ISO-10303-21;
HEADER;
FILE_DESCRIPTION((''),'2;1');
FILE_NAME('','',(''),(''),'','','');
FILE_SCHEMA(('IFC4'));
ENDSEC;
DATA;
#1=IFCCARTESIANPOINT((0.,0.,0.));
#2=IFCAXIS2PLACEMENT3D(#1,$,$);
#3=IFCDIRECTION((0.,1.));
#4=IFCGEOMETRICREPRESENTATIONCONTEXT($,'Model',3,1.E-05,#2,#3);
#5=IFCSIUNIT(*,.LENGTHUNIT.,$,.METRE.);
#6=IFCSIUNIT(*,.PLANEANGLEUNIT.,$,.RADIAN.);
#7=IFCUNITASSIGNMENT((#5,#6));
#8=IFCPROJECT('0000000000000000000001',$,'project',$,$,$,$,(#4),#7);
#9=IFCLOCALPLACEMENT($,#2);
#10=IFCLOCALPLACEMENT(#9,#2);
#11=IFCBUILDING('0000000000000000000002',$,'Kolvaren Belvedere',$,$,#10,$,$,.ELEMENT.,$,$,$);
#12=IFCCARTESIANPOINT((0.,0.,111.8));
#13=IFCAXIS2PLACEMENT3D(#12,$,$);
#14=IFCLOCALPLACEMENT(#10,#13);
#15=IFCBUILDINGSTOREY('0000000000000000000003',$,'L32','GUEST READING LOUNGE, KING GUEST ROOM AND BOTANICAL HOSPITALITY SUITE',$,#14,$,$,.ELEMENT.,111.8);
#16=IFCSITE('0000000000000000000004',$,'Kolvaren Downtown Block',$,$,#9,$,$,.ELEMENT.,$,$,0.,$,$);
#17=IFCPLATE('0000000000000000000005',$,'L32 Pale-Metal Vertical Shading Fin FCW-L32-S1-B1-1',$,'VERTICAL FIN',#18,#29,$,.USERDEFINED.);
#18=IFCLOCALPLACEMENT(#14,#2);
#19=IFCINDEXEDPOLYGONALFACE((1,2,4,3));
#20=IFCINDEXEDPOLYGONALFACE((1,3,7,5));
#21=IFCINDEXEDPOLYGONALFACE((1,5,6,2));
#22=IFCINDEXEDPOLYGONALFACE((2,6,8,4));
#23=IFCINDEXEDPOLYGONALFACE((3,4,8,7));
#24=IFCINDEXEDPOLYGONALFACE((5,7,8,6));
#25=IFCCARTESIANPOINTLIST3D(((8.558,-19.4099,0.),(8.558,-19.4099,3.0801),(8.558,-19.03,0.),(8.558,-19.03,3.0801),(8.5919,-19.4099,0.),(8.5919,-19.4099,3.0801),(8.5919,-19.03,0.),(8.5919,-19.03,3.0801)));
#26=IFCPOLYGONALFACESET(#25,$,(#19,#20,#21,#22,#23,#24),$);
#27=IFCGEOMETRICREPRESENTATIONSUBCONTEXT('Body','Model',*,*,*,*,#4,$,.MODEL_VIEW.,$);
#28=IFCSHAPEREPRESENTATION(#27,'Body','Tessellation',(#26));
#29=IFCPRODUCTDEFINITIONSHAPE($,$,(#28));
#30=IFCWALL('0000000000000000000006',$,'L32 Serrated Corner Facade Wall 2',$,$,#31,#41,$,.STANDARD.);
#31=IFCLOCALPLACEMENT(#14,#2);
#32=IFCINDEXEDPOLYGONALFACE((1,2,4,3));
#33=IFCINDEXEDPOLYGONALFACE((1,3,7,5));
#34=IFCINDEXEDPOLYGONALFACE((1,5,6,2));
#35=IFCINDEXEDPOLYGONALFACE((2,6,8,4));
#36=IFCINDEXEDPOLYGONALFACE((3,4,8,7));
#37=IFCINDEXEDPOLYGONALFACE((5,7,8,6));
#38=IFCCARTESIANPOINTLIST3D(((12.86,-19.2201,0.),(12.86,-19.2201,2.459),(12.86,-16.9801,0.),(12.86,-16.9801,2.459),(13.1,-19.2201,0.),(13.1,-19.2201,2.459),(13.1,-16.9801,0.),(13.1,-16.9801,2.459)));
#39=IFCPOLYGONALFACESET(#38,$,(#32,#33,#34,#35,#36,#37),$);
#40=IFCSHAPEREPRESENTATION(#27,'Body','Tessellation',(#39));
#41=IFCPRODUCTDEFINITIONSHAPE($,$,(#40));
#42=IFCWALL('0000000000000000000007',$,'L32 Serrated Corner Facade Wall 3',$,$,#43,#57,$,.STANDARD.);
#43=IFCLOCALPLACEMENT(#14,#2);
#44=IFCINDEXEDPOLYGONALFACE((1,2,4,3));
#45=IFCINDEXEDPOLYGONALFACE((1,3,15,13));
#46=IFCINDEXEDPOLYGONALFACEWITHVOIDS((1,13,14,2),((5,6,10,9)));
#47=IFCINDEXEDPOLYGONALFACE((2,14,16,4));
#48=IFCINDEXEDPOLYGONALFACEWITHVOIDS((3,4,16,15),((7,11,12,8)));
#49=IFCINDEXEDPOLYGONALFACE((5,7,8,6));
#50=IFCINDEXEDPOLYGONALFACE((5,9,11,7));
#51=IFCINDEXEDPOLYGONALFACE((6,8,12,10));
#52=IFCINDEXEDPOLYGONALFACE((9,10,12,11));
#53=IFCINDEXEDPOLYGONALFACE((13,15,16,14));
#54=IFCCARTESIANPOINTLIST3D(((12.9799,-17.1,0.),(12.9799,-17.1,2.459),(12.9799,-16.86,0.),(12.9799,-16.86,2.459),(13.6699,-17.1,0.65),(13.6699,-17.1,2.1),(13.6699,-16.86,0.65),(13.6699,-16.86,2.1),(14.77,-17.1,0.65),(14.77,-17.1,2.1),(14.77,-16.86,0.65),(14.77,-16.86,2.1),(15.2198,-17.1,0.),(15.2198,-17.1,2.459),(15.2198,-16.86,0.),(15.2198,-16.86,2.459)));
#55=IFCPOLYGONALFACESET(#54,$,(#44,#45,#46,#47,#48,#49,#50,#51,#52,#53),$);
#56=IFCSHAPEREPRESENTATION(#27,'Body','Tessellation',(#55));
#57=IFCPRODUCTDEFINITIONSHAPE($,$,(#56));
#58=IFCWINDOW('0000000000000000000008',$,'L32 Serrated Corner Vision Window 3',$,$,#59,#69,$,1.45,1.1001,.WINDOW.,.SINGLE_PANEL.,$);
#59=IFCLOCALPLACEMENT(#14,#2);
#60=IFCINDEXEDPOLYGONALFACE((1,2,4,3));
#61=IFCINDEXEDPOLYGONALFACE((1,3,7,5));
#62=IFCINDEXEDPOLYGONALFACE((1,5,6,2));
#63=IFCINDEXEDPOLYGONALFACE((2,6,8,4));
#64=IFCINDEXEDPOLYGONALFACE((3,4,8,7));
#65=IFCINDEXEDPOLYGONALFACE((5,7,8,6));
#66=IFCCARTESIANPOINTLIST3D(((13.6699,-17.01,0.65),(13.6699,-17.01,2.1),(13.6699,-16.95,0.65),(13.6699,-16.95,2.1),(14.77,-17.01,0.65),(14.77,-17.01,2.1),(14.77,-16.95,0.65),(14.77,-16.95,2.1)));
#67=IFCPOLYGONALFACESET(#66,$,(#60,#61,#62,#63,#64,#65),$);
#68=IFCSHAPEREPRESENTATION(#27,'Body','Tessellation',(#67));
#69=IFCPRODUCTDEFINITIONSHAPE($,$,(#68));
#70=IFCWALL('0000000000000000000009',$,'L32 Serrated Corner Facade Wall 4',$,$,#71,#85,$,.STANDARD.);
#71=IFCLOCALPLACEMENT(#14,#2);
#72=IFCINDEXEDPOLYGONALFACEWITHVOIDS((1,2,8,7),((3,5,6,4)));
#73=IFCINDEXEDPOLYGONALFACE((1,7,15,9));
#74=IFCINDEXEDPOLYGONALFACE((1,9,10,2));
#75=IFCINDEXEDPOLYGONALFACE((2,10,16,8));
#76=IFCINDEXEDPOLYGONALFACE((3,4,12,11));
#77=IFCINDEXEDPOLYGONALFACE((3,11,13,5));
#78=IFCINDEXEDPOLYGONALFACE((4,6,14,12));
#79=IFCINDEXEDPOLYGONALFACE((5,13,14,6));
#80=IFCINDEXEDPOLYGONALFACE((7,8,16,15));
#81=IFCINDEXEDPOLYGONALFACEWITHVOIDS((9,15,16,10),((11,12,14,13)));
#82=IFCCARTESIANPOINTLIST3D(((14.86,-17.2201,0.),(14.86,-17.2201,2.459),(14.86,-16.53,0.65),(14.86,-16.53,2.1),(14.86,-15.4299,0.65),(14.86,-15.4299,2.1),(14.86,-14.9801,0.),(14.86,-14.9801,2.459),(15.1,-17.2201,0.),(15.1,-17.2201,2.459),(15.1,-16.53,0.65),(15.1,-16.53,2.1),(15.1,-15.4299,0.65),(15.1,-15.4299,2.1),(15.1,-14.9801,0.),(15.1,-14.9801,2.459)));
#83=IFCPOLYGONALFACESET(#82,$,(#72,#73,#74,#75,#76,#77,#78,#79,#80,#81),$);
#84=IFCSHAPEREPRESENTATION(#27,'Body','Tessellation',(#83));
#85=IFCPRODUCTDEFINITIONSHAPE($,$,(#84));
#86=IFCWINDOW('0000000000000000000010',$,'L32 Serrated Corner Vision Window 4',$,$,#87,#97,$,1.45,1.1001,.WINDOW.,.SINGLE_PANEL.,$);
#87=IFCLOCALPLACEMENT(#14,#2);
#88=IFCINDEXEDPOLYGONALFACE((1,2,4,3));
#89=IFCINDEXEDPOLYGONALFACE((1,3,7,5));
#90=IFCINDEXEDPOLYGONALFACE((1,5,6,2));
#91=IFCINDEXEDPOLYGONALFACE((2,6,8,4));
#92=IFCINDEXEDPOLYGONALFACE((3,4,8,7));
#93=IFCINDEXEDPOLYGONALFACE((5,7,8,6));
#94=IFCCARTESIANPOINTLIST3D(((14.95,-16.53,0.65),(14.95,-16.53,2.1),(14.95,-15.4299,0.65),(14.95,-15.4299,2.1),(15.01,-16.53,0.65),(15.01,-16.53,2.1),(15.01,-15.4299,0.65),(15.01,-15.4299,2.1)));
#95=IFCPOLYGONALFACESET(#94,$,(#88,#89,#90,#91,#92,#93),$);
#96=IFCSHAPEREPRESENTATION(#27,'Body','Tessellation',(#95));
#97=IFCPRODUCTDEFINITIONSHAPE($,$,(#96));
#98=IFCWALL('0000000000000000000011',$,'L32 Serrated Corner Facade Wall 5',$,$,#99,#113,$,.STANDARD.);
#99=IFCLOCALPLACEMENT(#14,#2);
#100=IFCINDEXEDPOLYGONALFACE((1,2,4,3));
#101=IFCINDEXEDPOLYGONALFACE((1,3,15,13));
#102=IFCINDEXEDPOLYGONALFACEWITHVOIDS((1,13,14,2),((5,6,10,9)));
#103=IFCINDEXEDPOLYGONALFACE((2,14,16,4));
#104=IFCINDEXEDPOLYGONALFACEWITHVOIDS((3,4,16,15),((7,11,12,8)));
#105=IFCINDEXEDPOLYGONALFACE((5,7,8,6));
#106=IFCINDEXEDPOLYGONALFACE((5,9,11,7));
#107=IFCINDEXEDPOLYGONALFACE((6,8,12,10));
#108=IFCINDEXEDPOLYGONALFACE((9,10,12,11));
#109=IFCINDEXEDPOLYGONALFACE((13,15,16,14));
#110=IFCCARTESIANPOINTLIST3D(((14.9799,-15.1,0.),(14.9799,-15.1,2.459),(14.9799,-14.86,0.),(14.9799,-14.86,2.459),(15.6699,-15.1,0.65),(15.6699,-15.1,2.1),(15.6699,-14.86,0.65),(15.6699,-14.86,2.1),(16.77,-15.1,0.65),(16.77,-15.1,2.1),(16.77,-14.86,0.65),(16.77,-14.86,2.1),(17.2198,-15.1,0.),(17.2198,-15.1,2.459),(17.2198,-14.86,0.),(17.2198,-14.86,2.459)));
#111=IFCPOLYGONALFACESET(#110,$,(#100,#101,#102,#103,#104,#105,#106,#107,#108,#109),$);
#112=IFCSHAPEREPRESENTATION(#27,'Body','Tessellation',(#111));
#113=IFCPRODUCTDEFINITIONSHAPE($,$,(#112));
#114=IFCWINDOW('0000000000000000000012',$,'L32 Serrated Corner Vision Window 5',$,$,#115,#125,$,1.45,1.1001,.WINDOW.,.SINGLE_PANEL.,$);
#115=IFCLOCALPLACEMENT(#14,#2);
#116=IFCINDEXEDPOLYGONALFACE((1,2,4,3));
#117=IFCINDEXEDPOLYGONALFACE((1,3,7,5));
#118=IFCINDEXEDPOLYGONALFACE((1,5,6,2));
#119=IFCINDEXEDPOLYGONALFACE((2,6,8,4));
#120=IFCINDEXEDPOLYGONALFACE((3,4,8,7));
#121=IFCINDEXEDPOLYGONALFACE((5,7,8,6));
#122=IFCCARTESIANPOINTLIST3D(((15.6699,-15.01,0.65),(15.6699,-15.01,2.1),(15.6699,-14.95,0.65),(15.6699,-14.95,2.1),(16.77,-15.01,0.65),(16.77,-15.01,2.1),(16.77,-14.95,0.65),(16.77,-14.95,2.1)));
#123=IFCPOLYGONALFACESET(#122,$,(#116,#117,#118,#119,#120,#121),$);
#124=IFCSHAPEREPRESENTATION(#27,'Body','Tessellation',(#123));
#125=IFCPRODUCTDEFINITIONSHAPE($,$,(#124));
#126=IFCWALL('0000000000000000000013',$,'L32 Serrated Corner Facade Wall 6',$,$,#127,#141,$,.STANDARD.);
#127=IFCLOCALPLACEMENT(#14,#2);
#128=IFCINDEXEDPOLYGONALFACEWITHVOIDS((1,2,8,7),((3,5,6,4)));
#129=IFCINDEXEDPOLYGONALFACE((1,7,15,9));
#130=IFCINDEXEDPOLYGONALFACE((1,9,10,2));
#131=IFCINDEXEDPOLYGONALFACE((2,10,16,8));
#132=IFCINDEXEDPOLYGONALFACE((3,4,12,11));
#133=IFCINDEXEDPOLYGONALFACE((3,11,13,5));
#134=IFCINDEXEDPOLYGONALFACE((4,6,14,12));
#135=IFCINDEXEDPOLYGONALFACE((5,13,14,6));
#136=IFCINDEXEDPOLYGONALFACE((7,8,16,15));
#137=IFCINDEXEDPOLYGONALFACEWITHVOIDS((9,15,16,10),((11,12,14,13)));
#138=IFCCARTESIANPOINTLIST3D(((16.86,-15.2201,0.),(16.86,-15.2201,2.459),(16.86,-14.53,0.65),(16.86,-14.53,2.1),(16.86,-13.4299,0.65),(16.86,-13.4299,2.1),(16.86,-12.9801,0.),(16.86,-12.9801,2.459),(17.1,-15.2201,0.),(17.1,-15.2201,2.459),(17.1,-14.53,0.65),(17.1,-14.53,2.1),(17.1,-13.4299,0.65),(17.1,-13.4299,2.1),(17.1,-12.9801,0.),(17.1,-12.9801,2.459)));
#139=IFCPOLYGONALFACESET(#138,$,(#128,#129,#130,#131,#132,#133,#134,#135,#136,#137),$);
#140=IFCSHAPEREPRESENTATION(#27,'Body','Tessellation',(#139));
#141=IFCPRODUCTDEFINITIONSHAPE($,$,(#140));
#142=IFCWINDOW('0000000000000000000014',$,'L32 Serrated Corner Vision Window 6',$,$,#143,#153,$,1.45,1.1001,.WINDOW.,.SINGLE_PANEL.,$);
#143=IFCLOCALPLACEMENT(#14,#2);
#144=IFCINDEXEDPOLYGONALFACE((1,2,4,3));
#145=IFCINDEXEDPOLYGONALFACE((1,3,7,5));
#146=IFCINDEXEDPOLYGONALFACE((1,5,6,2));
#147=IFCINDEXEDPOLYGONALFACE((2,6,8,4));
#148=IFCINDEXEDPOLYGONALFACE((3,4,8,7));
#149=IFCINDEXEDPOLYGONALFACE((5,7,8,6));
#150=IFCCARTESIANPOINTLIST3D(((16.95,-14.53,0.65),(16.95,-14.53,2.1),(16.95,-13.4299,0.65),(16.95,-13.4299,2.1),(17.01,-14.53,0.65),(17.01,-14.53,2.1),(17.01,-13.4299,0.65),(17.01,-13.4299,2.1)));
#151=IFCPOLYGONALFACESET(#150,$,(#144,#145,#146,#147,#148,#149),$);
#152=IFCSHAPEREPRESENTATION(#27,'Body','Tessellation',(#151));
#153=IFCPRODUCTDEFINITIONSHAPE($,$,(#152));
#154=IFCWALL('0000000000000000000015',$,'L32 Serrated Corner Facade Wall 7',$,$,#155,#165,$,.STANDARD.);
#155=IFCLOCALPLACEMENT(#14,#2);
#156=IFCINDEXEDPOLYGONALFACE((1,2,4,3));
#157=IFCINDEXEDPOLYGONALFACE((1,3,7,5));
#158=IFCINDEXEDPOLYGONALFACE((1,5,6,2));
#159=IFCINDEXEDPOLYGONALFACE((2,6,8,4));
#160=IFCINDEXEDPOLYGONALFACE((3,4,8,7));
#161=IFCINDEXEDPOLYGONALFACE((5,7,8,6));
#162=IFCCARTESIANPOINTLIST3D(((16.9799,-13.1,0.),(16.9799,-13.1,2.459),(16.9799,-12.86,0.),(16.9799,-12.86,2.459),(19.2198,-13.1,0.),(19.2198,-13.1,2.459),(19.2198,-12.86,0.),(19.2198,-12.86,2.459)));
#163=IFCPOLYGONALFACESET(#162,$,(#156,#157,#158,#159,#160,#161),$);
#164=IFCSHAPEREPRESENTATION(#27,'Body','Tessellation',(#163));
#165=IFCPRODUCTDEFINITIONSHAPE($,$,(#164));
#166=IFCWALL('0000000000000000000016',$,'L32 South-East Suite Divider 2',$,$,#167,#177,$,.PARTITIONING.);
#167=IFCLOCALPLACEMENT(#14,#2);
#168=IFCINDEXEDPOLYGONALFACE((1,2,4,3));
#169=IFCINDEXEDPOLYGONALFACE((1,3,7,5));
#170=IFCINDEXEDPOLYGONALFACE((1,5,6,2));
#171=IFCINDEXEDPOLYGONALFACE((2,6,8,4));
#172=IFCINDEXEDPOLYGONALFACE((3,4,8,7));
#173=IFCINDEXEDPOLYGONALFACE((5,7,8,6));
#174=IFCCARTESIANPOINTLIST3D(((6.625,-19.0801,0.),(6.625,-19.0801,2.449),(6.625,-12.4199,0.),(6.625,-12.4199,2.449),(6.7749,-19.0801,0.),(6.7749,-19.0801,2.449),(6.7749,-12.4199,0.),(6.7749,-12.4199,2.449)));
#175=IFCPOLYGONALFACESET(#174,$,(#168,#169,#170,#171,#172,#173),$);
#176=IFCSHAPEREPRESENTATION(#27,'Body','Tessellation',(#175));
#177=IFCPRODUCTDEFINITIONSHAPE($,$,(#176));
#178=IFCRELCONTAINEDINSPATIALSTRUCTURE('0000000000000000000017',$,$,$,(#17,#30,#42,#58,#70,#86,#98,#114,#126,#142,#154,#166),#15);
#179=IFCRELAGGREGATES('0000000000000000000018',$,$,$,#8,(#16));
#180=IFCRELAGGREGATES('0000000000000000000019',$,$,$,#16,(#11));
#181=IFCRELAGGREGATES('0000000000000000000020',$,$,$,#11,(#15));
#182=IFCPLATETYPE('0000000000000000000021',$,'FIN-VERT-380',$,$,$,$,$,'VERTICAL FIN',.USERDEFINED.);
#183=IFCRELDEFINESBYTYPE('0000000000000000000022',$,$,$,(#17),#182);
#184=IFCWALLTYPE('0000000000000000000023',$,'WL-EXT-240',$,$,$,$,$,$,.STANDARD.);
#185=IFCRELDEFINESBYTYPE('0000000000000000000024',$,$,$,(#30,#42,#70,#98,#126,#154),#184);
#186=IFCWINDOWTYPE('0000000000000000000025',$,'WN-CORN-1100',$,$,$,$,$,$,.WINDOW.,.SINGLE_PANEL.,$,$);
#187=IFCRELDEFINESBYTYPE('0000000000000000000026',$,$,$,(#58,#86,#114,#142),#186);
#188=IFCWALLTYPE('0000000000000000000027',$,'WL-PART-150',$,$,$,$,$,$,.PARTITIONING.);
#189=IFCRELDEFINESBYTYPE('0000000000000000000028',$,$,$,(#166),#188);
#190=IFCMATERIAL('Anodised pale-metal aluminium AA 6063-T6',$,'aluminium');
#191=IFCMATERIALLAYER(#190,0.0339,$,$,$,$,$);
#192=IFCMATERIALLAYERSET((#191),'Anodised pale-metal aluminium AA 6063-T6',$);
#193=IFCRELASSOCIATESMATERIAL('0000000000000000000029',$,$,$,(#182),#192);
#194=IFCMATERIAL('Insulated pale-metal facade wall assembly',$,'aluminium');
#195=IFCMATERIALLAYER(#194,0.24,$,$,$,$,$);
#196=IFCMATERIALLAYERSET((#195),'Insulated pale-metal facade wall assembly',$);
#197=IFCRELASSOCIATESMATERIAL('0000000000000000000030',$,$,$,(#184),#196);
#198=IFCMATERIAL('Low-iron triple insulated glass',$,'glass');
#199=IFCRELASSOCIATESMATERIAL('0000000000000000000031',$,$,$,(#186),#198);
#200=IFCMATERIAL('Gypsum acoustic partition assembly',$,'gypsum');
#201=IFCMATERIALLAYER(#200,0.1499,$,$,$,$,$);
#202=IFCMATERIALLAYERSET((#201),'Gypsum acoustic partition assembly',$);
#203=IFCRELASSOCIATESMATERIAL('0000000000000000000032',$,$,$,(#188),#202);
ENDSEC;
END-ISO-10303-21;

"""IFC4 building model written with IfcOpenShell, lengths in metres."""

from ifc_helpers import new_model, si_unit, direction, frame, frame_2d, origin, origin_2d, place, context, subcontext, project, spatial, rectangle, extrude, material, layer, layer_set, type_object, element, fill, save


model = new_model("IFC4")

# Units and contexts
model_context = context("Model", 3, precision=1e-05, world=origin(), true_north=direction((0.0, 1.0)))
body_context = subcontext(model_context, "Body", "Model", "MODEL_VIEW")
ifc_project = project(units=[si_unit("LENGTHUNIT", "METRE"), si_unit("PLANEANGLEUNIT", "RADIAN")], contexts=[model_context])

# Site, building, storey
site_placement = place(None, origin())
site = spatial("IfcSite", under=ifc_project, at=site_placement, Name="Kolvaren Downtown Block", CompositionType="ELEMENT", RefElevation=0.0)
building_placement = place(site_placement, origin())
building = spatial("IfcBuilding", under=site, at=building_placement, Name="Kolvaren Belvedere", CompositionType="ELEMENT")
storey_placement = place(building_placement, frame((0.0, 0.0, 111.8)))
storey = spatial("IfcBuildingStorey", under=building, at=storey_placement, Name="L32", Description="GUEST READING LOUNGE, KING GUEST ROOM AND BOTANICAL HOSPITALITY SUITE", CompositionType="ELEMENT", Elevation=111.8)

# Plate
ifc_material_1 = material(Name="Anodised pale-metal aluminium AA 6063-T6", Category="aluminium")
ifc_layer_1 = layer(ifc_material_1, 0.0339)
ifc_layer_set_1 = layer_set([ifc_layer_1], Name="Anodised pale-metal aluminium AA 6063-T6")
plate_type_1 = type_object("IfcPlateType", Name="FIN-VERT-380", ElementType="VERTICAL FIN", PredefinedType="USERDEFINED", material=ifc_layer_set_1)
plate_1_placement = place(storey_placement, frame((8.575, -19.22, 0.0), z_axis=(0.0, 0.0, 1.0), x_axis=(0.0, 1.0, 0.0)))
element("IfcPlate", 1, at=plate_1_placement, inside=storey, type_object=plate_type_1, Name="L32 Pale-Metal Vertical Shading Fin FCW-L32-S1-B1-1", ObjectType="VERTICAL FIN", PredefinedType="USERDEFINED", context=body_context, shape_type="SweptSolid", body=[
    extrude(rectangle(XDim=0.3799, YDim=0.0339, at=origin_2d()), origin(), (0.0, 0.0, 1.0), 3.0801),
])

# Wall
ifc_material_2 = material(Name="Insulated pale-metal facade wall assembly", Category="aluminium")
ifc_layer_2 = layer(ifc_material_2, 0.24)
ifc_layer_set_2 = layer_set([ifc_layer_2], Name="Insulated pale-metal facade wall assembly")
wall_type_1 = type_object("IfcWallType", Name="WL-EXT-240", PredefinedType="STANDARD", material=ifc_layer_set_2)
wall_1_placement = place(storey_placement, frame((12.98, -16.98, 0.0), z_axis=(0.0, 0.0, 1.0), x_axis=(0.0, -1.0, 0.0)))
element("IfcWall", 2, at=wall_1_placement, inside=storey, type_object=wall_type_1, Name="L32 Serrated Corner Facade Wall 2", PredefinedType="STANDARD", context=body_context, shape_type="SweptSolid", body=[
    extrude(rectangle(XDim=2.24, YDim=0.24, at=frame_2d((1.1201, 0.0))), origin(), (0.0, 0.0, 1.0), 2.459),
])

# Walls, openings, windows
wall_2_placement = place(storey_placement, frame((15.22, -16.98, 0.0), z_axis=(0.0, 0.0, 1.0), x_axis=(-1.0, 0.0, 0.0)))
wall_2 = element("IfcWall", 3, at=wall_2_placement, inside=storey, type_object=wall_type_1, Name="L32 Serrated Corner Facade Wall 3", PredefinedType="STANDARD", context=body_context, shape_type="SweptSolid", body=[
    extrude(rectangle(XDim=2.24, YDim=0.24, at=frame_2d((1.1201, 0.0))), origin(), (0.0, 0.0, 1.0), 2.459),
])
opening_1_placement = place(wall_2_placement, frame((0.45, 0.0, 0.6499)))
opening_1 = element("IfcOpeningElement", 4, at=opening_1_placement, cuts=wall_2, PredefinedType="OPENING", context=body_context, shape_type="SweptSolid", body=[
    extrude(rectangle(XDim=1.1001, YDim=1.45, at=frame_2d((0.55, 0.7251))), frame((0.0, 0.1299, 0.0), z_axis=(0.0, -1.0, 0.0), x_axis=(1.0, 0.0, 0.0)), (0.0, 0.0, 1.0), 0.26),
])
ifc_material_3 = material(Name="Low-iron triple insulated glass", Category="glass")
window_type = type_object("IfcWindowType", Name="WN-CORN-1100", PartitioningType="SINGLE_PANEL", PredefinedType="WINDOW", material=ifc_material_3)
window_1_placement = place(opening_1_placement, origin())
window_1 = element("IfcWindow", 5, at=window_1_placement, inside=storey, type_object=window_type, Name="L32 Serrated Corner Vision Window 3", OverallHeight=1.45, OverallWidth=1.1001, PartitioningType="SINGLE_PANEL", PredefinedType="WINDOW", context=body_context, shape_type="SweptSolid", body=[
    extrude(rectangle(XDim=1.1001, YDim=1.45, at=frame_2d((0.55, 0.7251))), frame((0.0, 0.03, 0.0), z_axis=(0.0, -1.0, 0.0), x_axis=(1.0, 0.0, 0.0)), (0.0, 0.0, 1.0), 0.0601),
])
fill(opening_1, window_1)
wall_3_placement = place(storey_placement, frame((14.98, -14.98, 0.0), z_axis=(0.0, 0.0, 1.0), x_axis=(0.0, -1.0, 0.0)))
wall_3 = element("IfcWall", 6, at=wall_3_placement, inside=storey, type_object=wall_type_1, Name="L32 Serrated Corner Facade Wall 4", PredefinedType="STANDARD", context=body_context, shape_type="SweptSolid", body=[
    extrude(rectangle(XDim=2.24, YDim=0.24, at=frame_2d((1.1201, 0.0))), origin(), (0.0, 0.0, 1.0), 2.459),
])
opening_2_placement = place(wall_3_placement, frame((0.45, 0.0, 0.6499)))
opening_2 = element("IfcOpeningElement", 7, at=opening_2_placement, cuts=wall_3, PredefinedType="OPENING", context=body_context, shape_type="SweptSolid", body=[
    extrude(rectangle(XDim=1.1001, YDim=1.45, at=frame_2d((0.55, 0.7251))), frame((0.0, 0.1299, 0.0), z_axis=(0.0, -1.0, 0.0), x_axis=(1.0, 0.0, 0.0)), (0.0, 0.0, 1.0), 0.26),
])
window_2_placement = place(opening_2_placement, origin())
window_2 = element("IfcWindow", 8, at=window_2_placement, inside=storey, type_object=window_type, Name="L32 Serrated Corner Vision Window 4", OverallHeight=1.45, OverallWidth=1.1001, PartitioningType="SINGLE_PANEL", PredefinedType="WINDOW", context=body_context, shape_type="SweptSolid", body=[
    extrude(rectangle(XDim=1.1001, YDim=1.45, at=frame_2d((0.55, 0.7251))), frame((0.0, 0.03, 0.0), z_axis=(0.0, -1.0, 0.0), x_axis=(1.0, 0.0, 0.0)), (0.0, 0.0, 1.0), 0.0601),
])
fill(opening_2, window_2)
wall_4_placement = place(storey_placement, frame((17.22, -14.98, 0.0), z_axis=(0.0, 0.0, 1.0), x_axis=(-1.0, 0.0, 0.0)))
wall_4 = element("IfcWall", 9, at=wall_4_placement, inside=storey, type_object=wall_type_1, Name="L32 Serrated Corner Facade Wall 5", PredefinedType="STANDARD", context=body_context, shape_type="SweptSolid", body=[
    extrude(rectangle(XDim=2.24, YDim=0.24, at=frame_2d((1.1201, 0.0))), origin(), (0.0, 0.0, 1.0), 2.459),
])
opening_3_placement = place(wall_4_placement, frame((0.45, 0.0, 0.6499)))
opening_3 = element("IfcOpeningElement", 10, at=opening_3_placement, cuts=wall_4, PredefinedType="OPENING", context=body_context, shape_type="SweptSolid", body=[
    extrude(rectangle(XDim=1.1001, YDim=1.45, at=frame_2d((0.55, 0.7251))), frame((0.0, 0.1299, 0.0), z_axis=(0.0, -1.0, 0.0), x_axis=(1.0, 0.0, 0.0)), (0.0, 0.0, 1.0), 0.26),
])
window_3_placement = place(opening_3_placement, origin())
window_3 = element("IfcWindow", 11, at=window_3_placement, inside=storey, type_object=window_type, Name="L32 Serrated Corner Vision Window 5", OverallHeight=1.45, OverallWidth=1.1001, PartitioningType="SINGLE_PANEL", PredefinedType="WINDOW", context=body_context, shape_type="SweptSolid", body=[
    extrude(rectangle(XDim=1.1001, YDim=1.45, at=frame_2d((0.55, 0.7251))), frame((0.0, 0.03, 0.0), z_axis=(0.0, -1.0, 0.0), x_axis=(1.0, 0.0, 0.0)), (0.0, 0.0, 1.0), 0.0601),
])
fill(opening_3, window_3)
wall_5_placement = place(storey_placement, frame((16.98, -12.98, 0.0), z_axis=(0.0, 0.0, 1.0), x_axis=(0.0, -1.0, 0.0)))
wall_5 = element("IfcWall", 12, at=wall_5_placement, inside=storey, type_object=wall_type_1, Name="L32 Serrated Corner Facade Wall 6", PredefinedType="STANDARD", context=body_context, shape_type="SweptSolid", body=[
    extrude(rectangle(XDim=2.24, YDim=0.24, at=frame_2d((1.1201, 0.0))), origin(), (0.0, 0.0, 1.0), 2.459),
])
opening_4_placement = place(wall_5_placement, frame((0.45, 0.0, 0.6499)))
opening_4 = element("IfcOpeningElement", 13, at=opening_4_placement, cuts=wall_5, PredefinedType="OPENING", context=body_context, shape_type="SweptSolid", body=[
    extrude(rectangle(XDim=1.1001, YDim=1.45, at=frame_2d((0.55, 0.7251))), frame((0.0, 0.1299, 0.0), z_axis=(0.0, -1.0, 0.0), x_axis=(1.0, 0.0, 0.0)), (0.0, 0.0, 1.0), 0.26),
])
window_4_placement = place(opening_4_placement, origin())
window_4 = element("IfcWindow", 14, at=window_4_placement, inside=storey, type_object=window_type, Name="L32 Serrated Corner Vision Window 6", OverallHeight=1.45, OverallWidth=1.1001, PartitioningType="SINGLE_PANEL", PredefinedType="WINDOW", context=body_context, shape_type="SweptSolid", body=[
    extrude(rectangle(XDim=1.1001, YDim=1.45, at=frame_2d((0.55, 0.7251))), frame((0.0, 0.03, 0.0), z_axis=(0.0, -1.0, 0.0), x_axis=(1.0, 0.0, 0.0)), (0.0, 0.0, 1.0), 0.0601),
])
fill(opening_4, window_4)

# Walls
wall_6_placement = place(storey_placement, frame((19.22, -12.98, 0.0), z_axis=(0.0, 0.0, 1.0), x_axis=(-1.0, 0.0, 0.0)))
element("IfcWall", 15, at=wall_6_placement, inside=storey, type_object=wall_type_1, Name="L32 Serrated Corner Facade Wall 7", PredefinedType="STANDARD", context=body_context, shape_type="SweptSolid", body=[
    extrude(rectangle(XDim=2.24, YDim=0.24, at=frame_2d((1.1201, 0.0))), origin(), (0.0, 0.0, 1.0), 2.459),
])
ifc_material_4 = material(Name="Gypsum acoustic partition assembly", Category="gypsum")
ifc_layer_3 = layer(ifc_material_4, 0.1499)
ifc_layer_set_3 = layer_set([ifc_layer_3], Name="Gypsum acoustic partition assembly")
wall_type_2 = type_object("IfcWallType", Name="WL-PART-150", PredefinedType="PARTITIONING", material=ifc_layer_set_3)
wall_7_placement = place(storey_placement, frame((6.7, -19.0801, 0.0), z_axis=(0.0, 0.0, 1.0), x_axis=(0.0, 1.0, 0.0)))
element("IfcWall", 16, at=wall_7_placement, inside=storey, type_object=wall_type_2, Name="L32 South-East Suite Divider 2", PredefinedType="PARTITIONING", context=body_context, shape_type="SweptSolid", body=[
    extrude(rectangle(XDim=6.6602, YDim=0.1499, at=frame_2d((3.3301, 0.0))), origin(), (0.0, 0.0, 1.0), 2.449),
])

save(model, "model.ifc")
